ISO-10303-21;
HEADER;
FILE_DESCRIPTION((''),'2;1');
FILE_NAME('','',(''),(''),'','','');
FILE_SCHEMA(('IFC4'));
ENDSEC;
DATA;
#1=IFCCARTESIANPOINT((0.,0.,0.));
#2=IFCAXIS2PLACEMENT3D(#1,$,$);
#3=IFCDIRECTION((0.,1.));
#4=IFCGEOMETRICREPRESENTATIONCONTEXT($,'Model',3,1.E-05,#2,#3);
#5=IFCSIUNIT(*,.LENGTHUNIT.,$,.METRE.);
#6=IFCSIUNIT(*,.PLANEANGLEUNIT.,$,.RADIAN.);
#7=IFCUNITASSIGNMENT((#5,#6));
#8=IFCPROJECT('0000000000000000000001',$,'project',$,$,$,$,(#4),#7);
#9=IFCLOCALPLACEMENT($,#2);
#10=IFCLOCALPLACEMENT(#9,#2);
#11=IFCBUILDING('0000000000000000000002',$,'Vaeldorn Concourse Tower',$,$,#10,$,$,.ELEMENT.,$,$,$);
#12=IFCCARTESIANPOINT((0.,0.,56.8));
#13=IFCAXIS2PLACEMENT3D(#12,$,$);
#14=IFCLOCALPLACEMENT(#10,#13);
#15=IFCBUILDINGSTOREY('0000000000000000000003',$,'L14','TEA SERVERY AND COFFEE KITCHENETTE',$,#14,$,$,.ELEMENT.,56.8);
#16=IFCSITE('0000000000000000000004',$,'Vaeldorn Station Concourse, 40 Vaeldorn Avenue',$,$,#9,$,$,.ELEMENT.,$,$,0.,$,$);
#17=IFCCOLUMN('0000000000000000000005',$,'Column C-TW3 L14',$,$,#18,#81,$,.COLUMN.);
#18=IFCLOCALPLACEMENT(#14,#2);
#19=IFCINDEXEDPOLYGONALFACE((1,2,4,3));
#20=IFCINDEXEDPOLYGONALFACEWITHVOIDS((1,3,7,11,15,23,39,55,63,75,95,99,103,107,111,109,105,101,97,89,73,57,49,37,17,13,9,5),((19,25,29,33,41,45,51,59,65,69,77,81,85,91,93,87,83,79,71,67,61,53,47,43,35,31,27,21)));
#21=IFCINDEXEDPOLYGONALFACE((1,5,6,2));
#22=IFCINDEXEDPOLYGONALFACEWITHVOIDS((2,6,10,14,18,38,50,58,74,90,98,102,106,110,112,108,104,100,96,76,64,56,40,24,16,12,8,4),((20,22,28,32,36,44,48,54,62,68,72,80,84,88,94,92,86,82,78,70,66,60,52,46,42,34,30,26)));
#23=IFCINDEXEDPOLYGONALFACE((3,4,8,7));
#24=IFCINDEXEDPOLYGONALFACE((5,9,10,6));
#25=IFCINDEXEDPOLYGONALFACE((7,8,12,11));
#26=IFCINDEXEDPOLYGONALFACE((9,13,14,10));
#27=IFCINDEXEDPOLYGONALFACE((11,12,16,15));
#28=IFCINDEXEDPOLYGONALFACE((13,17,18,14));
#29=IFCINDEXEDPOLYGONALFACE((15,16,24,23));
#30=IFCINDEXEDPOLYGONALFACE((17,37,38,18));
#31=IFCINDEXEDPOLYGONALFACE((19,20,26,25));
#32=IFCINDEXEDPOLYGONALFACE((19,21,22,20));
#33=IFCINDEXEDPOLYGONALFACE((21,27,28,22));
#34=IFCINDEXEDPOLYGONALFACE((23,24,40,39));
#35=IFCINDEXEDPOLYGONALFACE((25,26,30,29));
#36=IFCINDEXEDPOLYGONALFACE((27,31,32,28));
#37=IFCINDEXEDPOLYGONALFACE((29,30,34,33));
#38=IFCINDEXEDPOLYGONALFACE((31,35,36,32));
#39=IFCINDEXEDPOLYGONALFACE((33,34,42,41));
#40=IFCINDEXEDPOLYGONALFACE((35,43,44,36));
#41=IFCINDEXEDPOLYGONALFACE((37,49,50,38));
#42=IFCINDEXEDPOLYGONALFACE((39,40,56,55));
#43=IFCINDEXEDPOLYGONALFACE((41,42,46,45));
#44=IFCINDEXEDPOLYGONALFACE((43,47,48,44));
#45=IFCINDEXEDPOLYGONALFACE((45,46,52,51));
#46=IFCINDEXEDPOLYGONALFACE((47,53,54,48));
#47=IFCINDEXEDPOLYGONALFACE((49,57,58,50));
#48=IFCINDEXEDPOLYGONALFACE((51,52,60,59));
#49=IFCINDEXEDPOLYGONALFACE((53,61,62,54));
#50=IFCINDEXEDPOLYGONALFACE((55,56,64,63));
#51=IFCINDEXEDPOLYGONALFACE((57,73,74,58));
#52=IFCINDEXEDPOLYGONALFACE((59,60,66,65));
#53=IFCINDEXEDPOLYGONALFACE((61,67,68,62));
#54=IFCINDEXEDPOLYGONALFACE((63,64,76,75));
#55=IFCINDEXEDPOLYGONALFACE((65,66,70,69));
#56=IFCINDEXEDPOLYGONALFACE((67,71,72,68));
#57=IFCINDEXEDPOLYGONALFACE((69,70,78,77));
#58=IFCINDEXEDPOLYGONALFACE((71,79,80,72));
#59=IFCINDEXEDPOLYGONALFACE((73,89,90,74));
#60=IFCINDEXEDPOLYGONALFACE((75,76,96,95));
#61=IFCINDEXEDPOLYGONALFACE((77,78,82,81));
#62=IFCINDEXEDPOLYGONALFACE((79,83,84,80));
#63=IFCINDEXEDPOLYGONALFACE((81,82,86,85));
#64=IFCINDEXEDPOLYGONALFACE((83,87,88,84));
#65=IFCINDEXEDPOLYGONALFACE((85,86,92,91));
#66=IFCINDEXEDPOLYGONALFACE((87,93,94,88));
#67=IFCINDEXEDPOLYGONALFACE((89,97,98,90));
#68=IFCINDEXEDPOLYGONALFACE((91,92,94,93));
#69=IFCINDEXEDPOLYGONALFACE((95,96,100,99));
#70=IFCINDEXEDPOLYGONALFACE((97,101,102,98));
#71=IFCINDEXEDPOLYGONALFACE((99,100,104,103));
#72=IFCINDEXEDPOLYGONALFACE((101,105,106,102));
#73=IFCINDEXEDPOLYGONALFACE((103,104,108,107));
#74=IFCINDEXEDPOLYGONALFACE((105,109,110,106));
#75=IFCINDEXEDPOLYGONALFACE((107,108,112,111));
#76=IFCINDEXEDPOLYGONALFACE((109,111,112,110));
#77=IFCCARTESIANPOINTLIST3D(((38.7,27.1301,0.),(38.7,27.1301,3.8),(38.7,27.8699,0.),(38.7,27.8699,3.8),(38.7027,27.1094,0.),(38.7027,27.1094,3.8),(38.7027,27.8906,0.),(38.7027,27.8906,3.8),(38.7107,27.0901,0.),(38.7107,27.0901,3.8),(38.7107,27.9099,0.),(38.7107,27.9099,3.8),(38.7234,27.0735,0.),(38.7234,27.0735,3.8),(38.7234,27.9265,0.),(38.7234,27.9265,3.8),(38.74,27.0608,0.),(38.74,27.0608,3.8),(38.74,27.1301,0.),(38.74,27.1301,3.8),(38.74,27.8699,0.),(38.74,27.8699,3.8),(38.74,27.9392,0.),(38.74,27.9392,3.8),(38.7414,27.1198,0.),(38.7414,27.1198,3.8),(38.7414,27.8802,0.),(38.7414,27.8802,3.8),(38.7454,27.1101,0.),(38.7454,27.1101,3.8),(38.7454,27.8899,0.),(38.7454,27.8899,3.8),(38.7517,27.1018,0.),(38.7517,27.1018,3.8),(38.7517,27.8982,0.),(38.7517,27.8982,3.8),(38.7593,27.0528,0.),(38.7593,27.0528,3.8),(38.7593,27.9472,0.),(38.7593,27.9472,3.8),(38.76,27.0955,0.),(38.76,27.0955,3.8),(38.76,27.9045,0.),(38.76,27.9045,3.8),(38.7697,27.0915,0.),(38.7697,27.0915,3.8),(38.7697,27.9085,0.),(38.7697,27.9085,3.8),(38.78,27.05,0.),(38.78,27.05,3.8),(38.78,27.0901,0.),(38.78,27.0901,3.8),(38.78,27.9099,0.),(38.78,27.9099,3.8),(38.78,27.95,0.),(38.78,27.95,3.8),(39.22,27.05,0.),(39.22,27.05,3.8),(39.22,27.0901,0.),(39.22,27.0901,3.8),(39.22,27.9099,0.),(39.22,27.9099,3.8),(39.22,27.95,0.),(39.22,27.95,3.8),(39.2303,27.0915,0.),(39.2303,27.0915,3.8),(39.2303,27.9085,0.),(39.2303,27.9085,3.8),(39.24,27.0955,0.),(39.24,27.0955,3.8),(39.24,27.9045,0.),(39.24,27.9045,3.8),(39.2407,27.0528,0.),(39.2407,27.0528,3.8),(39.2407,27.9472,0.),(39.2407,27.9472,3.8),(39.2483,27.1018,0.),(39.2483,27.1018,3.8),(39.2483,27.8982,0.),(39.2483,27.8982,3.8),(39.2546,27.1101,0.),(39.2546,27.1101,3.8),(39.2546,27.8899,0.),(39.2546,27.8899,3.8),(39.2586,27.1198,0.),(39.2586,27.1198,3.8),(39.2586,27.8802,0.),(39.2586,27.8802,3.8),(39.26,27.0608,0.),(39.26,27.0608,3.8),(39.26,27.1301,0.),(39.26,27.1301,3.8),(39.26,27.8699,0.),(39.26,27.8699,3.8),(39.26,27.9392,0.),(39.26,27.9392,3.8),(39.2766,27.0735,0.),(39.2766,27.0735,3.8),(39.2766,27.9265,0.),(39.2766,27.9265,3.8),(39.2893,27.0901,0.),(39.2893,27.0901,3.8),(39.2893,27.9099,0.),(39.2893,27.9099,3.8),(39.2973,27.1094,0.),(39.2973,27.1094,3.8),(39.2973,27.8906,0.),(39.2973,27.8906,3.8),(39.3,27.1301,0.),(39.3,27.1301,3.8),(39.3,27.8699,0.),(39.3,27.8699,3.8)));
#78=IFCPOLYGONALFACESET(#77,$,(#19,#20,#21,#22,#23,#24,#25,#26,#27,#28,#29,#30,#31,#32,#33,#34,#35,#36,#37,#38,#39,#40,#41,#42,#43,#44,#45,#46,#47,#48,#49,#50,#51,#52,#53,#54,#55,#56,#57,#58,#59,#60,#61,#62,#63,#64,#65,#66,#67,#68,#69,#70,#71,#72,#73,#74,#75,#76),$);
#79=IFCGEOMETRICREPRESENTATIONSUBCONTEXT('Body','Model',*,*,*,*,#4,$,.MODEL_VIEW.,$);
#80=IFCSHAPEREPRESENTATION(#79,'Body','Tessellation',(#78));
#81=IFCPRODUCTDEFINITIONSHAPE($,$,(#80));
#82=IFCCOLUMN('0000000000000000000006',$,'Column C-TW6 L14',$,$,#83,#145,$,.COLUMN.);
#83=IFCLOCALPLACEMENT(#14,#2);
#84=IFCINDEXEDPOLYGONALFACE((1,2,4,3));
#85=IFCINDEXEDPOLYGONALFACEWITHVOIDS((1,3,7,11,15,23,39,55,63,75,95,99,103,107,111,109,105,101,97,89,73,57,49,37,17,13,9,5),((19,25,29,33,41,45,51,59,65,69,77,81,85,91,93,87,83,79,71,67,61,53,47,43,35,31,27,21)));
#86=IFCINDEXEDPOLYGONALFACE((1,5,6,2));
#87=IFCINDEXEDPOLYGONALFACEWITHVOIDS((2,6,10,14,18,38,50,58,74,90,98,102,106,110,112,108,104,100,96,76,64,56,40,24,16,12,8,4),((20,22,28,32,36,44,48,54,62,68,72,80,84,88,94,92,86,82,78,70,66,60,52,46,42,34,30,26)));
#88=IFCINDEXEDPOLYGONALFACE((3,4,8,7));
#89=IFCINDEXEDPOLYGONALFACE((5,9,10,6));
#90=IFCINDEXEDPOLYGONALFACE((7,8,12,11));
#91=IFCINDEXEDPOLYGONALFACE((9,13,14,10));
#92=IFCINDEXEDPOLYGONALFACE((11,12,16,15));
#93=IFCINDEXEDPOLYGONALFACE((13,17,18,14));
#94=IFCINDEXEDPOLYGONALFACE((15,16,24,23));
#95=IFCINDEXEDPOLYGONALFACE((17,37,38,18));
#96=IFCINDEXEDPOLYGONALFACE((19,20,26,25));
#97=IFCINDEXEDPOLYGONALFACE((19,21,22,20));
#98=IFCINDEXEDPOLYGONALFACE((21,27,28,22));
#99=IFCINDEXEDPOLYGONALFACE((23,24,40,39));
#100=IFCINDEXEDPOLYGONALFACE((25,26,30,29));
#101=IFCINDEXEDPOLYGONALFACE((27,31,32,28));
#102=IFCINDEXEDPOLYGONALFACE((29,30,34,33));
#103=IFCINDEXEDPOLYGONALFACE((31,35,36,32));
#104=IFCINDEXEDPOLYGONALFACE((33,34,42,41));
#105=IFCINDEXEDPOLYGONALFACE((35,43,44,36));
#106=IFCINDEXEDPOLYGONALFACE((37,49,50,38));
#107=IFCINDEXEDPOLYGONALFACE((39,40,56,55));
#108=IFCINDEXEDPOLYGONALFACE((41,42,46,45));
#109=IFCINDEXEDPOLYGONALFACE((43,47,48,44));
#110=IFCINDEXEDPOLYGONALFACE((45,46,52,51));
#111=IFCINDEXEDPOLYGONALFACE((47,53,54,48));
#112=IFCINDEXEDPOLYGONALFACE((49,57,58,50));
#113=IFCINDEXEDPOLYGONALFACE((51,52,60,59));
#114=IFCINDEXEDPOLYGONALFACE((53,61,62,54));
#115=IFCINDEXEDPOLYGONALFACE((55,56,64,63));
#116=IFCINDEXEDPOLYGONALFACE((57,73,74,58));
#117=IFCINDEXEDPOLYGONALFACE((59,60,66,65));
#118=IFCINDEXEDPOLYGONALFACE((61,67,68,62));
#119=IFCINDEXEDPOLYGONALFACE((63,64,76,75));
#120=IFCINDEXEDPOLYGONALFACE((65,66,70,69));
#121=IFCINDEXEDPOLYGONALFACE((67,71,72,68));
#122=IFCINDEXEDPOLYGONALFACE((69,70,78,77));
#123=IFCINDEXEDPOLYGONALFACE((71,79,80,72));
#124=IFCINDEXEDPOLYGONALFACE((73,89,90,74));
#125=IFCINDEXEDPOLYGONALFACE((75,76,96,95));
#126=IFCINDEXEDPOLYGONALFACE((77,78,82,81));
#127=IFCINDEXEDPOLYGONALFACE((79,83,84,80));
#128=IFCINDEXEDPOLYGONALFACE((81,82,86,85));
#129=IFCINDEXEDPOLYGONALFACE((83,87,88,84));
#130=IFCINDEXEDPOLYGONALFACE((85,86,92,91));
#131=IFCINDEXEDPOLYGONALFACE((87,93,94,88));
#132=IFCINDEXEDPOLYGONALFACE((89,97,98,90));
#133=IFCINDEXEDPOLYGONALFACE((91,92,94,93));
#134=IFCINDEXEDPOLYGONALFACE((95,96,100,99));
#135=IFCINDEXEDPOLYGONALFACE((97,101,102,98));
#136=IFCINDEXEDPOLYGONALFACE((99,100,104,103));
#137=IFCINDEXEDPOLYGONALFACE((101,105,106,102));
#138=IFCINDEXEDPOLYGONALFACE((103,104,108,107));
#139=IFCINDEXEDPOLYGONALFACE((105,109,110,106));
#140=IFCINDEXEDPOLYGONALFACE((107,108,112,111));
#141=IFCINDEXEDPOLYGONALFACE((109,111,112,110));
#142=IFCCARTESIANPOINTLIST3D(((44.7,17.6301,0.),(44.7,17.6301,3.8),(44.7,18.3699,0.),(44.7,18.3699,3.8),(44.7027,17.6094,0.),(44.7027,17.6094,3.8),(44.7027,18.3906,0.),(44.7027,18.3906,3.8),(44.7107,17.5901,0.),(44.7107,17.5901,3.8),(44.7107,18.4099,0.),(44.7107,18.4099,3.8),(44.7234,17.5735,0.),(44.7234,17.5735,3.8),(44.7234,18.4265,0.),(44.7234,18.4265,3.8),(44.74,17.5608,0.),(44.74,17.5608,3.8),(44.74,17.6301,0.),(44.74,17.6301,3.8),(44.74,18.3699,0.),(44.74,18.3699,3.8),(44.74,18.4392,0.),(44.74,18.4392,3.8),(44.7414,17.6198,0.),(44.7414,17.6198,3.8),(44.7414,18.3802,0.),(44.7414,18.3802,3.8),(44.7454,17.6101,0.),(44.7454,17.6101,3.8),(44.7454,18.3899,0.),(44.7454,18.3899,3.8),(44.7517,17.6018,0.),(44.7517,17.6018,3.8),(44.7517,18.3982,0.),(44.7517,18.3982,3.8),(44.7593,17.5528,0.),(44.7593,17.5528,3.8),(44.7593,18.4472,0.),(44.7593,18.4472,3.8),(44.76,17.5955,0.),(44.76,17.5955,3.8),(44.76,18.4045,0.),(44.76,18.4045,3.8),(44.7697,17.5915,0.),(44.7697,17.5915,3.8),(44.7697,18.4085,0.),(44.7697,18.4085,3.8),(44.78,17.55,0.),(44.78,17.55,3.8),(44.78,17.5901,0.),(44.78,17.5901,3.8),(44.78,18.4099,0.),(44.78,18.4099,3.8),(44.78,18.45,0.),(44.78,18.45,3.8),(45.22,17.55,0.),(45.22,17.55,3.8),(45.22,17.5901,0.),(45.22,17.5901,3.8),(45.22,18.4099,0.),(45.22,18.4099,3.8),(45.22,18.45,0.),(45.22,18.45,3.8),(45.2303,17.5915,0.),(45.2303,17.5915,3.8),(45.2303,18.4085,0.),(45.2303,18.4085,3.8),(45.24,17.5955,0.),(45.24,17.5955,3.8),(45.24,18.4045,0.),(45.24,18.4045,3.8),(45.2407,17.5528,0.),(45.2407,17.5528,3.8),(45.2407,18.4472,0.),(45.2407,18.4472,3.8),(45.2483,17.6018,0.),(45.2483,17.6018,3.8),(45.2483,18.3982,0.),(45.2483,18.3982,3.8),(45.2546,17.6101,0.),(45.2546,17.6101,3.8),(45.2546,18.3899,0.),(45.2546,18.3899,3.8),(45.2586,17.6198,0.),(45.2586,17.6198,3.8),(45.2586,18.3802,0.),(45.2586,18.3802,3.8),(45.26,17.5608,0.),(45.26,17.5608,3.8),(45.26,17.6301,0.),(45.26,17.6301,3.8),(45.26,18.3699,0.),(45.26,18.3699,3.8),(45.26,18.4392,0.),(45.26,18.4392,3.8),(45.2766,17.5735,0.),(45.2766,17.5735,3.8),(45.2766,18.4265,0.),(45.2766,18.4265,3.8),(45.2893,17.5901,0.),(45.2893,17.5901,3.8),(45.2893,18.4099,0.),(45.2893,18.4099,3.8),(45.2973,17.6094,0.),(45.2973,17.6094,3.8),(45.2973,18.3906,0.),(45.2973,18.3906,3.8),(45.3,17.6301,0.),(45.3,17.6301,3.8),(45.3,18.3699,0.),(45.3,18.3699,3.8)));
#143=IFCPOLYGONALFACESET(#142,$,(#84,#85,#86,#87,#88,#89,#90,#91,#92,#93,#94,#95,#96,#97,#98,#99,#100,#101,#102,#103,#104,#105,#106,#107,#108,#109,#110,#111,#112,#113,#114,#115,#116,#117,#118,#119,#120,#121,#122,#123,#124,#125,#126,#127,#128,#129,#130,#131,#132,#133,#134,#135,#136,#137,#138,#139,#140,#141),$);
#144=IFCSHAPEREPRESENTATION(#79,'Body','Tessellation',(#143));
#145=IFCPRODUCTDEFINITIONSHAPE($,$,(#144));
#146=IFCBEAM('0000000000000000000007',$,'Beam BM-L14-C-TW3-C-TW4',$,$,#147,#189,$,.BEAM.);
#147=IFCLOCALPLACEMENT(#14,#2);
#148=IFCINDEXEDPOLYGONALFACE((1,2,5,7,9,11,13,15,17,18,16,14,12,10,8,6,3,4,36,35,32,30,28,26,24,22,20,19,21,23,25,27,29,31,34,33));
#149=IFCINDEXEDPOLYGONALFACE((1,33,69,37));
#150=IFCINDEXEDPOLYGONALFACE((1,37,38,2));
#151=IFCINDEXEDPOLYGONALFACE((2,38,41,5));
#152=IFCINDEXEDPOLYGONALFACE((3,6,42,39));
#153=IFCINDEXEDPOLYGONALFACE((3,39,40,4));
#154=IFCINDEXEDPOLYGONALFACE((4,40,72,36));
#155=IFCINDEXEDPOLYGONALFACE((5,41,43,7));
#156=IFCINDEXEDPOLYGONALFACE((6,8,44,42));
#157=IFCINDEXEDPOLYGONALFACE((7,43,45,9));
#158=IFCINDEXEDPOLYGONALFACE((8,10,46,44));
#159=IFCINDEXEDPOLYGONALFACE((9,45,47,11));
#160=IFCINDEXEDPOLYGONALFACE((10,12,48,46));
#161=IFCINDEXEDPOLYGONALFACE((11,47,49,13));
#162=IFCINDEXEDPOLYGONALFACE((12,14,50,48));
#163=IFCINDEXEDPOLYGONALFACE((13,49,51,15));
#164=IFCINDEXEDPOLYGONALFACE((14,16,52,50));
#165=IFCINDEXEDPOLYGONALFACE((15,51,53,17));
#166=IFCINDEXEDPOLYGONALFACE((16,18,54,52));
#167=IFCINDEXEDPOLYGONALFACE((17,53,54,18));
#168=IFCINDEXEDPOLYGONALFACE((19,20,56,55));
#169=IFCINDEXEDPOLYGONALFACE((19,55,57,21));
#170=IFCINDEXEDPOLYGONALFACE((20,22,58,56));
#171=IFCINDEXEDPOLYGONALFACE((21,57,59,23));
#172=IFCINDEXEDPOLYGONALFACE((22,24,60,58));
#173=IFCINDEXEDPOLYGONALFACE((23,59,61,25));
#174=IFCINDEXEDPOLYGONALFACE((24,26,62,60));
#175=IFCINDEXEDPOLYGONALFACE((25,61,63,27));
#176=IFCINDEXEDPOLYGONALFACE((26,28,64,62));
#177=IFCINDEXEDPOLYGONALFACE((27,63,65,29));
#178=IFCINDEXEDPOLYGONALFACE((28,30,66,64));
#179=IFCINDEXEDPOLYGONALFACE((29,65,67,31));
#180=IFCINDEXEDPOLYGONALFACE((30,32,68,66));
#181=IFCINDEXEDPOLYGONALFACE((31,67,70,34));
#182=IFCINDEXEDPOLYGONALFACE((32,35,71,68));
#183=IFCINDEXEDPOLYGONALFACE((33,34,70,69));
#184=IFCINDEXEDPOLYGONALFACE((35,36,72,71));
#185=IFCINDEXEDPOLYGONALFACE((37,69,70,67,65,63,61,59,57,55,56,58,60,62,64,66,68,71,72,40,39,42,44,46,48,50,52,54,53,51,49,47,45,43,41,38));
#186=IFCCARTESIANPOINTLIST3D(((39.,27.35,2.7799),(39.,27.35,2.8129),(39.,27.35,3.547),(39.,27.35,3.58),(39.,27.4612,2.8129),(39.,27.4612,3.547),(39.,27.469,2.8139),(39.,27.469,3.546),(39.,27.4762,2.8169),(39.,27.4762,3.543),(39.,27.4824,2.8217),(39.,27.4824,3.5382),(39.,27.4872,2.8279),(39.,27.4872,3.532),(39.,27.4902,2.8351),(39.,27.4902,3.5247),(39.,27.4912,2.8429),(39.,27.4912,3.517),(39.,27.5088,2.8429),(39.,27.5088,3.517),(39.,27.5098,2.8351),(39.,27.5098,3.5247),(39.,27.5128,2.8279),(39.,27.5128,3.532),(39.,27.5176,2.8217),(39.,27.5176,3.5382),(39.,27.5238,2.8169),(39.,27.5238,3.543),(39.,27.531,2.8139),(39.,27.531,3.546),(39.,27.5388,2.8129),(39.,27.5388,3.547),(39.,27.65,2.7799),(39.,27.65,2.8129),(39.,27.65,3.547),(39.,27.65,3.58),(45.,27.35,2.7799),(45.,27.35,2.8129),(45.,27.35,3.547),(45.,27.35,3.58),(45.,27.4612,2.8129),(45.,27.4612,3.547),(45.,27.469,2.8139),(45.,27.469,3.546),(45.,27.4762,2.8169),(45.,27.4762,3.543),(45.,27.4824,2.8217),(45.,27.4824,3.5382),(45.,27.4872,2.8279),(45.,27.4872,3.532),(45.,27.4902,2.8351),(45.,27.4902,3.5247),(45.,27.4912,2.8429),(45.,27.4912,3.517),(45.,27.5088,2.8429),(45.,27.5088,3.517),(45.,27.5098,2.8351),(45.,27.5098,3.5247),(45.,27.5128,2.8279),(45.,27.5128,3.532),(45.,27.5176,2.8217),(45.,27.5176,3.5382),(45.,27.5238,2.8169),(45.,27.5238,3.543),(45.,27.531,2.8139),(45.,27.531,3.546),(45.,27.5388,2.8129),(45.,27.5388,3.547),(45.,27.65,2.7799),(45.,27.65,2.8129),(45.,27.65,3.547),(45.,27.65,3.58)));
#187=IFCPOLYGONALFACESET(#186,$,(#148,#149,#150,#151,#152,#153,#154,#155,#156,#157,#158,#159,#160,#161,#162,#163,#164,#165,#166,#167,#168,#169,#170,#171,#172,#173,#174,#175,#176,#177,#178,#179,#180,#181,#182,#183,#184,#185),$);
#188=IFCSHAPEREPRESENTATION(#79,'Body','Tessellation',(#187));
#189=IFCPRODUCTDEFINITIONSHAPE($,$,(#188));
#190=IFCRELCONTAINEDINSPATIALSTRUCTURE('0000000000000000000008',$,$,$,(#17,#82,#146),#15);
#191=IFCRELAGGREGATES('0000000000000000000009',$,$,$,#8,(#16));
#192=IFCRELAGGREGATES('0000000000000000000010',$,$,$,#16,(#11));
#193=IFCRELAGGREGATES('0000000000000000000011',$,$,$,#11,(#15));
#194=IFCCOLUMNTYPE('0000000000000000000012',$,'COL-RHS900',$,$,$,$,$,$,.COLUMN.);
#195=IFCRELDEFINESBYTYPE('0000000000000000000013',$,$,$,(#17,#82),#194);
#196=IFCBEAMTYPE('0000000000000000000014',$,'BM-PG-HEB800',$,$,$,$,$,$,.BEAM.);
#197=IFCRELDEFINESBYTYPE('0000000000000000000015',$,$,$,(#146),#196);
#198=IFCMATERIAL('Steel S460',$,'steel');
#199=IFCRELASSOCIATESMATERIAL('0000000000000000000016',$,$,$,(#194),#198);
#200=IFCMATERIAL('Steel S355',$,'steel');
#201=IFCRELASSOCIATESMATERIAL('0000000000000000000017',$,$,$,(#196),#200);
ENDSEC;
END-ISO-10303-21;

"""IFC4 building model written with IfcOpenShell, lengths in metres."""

from ifc_helpers import new_model, si_unit, direction, frame, origin, origin_2d, place, context, subcontext, project, spatial, hollow_rectangle, i_section, extrude, source, transform, mapped, material, material_profile, profile_set, type_object, element, save


model = new_model("IFC4")

# Units and contexts
model_context = context("Model", 3, precision=1e-05, world=origin(), true_north=direction((0.0, 1.0)))
body_context = subcontext(model_context, "Body", "Model", "MODEL_VIEW")
ifc_project = project(units=[si_unit("LENGTHUNIT", "METRE"), si_unit("PLANEANGLEUNIT", "RADIAN")], contexts=[model_context])

# Site, building, storey
site_placement = place(None, origin())
site = spatial("IfcSite", under=ifc_project, at=site_placement, Name="Vaeldorn Station Concourse, 40 Vaeldorn Avenue", CompositionType="ELEMENT", RefElevation=0.0)
building_placement = place(site_placement, origin())
building = spatial("IfcBuilding", under=site, at=building_placement, Name="Vaeldorn Concourse Tower", CompositionType="ELEMENT")
storey_placement = place(building_placement, frame((0.0, 0.0, 56.8)))
storey = spatial("IfcBuildingStorey", under=building, at=storey_placement, Name="L14", Description="TEA SERVERY AND COFFEE KITCHENETTE", CompositionType="ELEMENT", Elevation=56.8)

# Columns
ifc_material_1 = material(Name="Steel S460", Category="steel")
ifc_material_profile_1 = material_profile(ifc_material_1, hollow_rectangle(XDim=0.6001, YDim=0.8999, WallThickness=0.04, InnerFilletRadius=0.04, OuterFilletRadius=0.0801, at=origin_2d()), Name="RHS 900x600x40")
ifc_profile_set_1 = profile_set([ifc_material_profile_1], Name="Steel S460")
column_type_1 = type_object("IfcColumnType", Name="COL-RHS900", PredefinedType="COLUMN", material=ifc_profile_set_1)
shared_shape_1 = source(origin(), body_context, "Body", "SweptSolid", [
    extrude(hollow_rectangle(XDim=0.6001, YDim=0.8999, WallThickness=0.04, InnerFilletRadius=0.04, OuterFilletRadius=0.0801, at=origin_2d()), origin(), (0.0, 0.0, 1.0), 3.8),
])
for number, where, z_axis, x_axis, name in (
    (1, (39.0, 27.5, 0.0), (0.0, 0.0, 1.0), (1.0, 0.0, 0.0), "Column C-TW3 L14"),
    (2, (45.0, 18.0, 0.0), (0.0, 0.0, 1.0), (1.0, 0.0, 0.0), "Column C-TW6 L14"),
):
    element("IfcColumn", number, at=place(storey_placement, frame(where, z_axis=z_axis, x_axis=x_axis)), inside=storey, type_object=column_type_1, Name=name, PredefinedType="COLUMN", context=body_context, shape_type="MappedRepresentation", body=[
        mapped(shared_shape_1, transform((0.0, 0.0, 0.0), scale=1.0)),
    ])

# Beam
ifc_material_2 = material(Name="Steel S355", Category="steel")
ifc_material_profile_2 = material_profile(ifc_material_2, i_section(OverallWidth=0.3, OverallDepth=0.8, WebThickness=0.0176, FlangeThickness=0.033, FilletRadius=0.03, at=origin_2d()), Name="HEB 800")
ifc_profile_set_2 = profile_set([ifc_material_profile_2], Name="Steel S355")
beam_type_1 = type_object("IfcBeamType", Name="BM-PG-HEB800", PredefinedType="BEAM", material=ifc_profile_set_2)
shared_shape_2 = source(origin(), body_context, "Body", "SweptSolid", [
    extrude(i_section(OverallWidth=0.3, OverallDepth=0.8, WebThickness=0.0176, FlangeThickness=0.033, FilletRadius=0.03, at=origin_2d()), origin(), (0.0, 0.0, 1.0), 6.0),
])
beam_1_placement = place(storey_placement, frame((39.0, 27.5, 3.1799), z_axis=(1.0, 0.0, 0.0), x_axis=(0.0, 1.0, 0.0)))
element("IfcBeam", 3, at=beam_1_placement, inside=storey, type_object=beam_type_1, Name="Beam BM-L14-C-TW3-C-TW4", PredefinedType="BEAM", context=body_context, shape_type="MappedRepresentation", body=[
    mapped(shared_shape_2, transform((0.0, 0.0, 0.0), scale=1.0)),
])

save(model, "model.ifc")
